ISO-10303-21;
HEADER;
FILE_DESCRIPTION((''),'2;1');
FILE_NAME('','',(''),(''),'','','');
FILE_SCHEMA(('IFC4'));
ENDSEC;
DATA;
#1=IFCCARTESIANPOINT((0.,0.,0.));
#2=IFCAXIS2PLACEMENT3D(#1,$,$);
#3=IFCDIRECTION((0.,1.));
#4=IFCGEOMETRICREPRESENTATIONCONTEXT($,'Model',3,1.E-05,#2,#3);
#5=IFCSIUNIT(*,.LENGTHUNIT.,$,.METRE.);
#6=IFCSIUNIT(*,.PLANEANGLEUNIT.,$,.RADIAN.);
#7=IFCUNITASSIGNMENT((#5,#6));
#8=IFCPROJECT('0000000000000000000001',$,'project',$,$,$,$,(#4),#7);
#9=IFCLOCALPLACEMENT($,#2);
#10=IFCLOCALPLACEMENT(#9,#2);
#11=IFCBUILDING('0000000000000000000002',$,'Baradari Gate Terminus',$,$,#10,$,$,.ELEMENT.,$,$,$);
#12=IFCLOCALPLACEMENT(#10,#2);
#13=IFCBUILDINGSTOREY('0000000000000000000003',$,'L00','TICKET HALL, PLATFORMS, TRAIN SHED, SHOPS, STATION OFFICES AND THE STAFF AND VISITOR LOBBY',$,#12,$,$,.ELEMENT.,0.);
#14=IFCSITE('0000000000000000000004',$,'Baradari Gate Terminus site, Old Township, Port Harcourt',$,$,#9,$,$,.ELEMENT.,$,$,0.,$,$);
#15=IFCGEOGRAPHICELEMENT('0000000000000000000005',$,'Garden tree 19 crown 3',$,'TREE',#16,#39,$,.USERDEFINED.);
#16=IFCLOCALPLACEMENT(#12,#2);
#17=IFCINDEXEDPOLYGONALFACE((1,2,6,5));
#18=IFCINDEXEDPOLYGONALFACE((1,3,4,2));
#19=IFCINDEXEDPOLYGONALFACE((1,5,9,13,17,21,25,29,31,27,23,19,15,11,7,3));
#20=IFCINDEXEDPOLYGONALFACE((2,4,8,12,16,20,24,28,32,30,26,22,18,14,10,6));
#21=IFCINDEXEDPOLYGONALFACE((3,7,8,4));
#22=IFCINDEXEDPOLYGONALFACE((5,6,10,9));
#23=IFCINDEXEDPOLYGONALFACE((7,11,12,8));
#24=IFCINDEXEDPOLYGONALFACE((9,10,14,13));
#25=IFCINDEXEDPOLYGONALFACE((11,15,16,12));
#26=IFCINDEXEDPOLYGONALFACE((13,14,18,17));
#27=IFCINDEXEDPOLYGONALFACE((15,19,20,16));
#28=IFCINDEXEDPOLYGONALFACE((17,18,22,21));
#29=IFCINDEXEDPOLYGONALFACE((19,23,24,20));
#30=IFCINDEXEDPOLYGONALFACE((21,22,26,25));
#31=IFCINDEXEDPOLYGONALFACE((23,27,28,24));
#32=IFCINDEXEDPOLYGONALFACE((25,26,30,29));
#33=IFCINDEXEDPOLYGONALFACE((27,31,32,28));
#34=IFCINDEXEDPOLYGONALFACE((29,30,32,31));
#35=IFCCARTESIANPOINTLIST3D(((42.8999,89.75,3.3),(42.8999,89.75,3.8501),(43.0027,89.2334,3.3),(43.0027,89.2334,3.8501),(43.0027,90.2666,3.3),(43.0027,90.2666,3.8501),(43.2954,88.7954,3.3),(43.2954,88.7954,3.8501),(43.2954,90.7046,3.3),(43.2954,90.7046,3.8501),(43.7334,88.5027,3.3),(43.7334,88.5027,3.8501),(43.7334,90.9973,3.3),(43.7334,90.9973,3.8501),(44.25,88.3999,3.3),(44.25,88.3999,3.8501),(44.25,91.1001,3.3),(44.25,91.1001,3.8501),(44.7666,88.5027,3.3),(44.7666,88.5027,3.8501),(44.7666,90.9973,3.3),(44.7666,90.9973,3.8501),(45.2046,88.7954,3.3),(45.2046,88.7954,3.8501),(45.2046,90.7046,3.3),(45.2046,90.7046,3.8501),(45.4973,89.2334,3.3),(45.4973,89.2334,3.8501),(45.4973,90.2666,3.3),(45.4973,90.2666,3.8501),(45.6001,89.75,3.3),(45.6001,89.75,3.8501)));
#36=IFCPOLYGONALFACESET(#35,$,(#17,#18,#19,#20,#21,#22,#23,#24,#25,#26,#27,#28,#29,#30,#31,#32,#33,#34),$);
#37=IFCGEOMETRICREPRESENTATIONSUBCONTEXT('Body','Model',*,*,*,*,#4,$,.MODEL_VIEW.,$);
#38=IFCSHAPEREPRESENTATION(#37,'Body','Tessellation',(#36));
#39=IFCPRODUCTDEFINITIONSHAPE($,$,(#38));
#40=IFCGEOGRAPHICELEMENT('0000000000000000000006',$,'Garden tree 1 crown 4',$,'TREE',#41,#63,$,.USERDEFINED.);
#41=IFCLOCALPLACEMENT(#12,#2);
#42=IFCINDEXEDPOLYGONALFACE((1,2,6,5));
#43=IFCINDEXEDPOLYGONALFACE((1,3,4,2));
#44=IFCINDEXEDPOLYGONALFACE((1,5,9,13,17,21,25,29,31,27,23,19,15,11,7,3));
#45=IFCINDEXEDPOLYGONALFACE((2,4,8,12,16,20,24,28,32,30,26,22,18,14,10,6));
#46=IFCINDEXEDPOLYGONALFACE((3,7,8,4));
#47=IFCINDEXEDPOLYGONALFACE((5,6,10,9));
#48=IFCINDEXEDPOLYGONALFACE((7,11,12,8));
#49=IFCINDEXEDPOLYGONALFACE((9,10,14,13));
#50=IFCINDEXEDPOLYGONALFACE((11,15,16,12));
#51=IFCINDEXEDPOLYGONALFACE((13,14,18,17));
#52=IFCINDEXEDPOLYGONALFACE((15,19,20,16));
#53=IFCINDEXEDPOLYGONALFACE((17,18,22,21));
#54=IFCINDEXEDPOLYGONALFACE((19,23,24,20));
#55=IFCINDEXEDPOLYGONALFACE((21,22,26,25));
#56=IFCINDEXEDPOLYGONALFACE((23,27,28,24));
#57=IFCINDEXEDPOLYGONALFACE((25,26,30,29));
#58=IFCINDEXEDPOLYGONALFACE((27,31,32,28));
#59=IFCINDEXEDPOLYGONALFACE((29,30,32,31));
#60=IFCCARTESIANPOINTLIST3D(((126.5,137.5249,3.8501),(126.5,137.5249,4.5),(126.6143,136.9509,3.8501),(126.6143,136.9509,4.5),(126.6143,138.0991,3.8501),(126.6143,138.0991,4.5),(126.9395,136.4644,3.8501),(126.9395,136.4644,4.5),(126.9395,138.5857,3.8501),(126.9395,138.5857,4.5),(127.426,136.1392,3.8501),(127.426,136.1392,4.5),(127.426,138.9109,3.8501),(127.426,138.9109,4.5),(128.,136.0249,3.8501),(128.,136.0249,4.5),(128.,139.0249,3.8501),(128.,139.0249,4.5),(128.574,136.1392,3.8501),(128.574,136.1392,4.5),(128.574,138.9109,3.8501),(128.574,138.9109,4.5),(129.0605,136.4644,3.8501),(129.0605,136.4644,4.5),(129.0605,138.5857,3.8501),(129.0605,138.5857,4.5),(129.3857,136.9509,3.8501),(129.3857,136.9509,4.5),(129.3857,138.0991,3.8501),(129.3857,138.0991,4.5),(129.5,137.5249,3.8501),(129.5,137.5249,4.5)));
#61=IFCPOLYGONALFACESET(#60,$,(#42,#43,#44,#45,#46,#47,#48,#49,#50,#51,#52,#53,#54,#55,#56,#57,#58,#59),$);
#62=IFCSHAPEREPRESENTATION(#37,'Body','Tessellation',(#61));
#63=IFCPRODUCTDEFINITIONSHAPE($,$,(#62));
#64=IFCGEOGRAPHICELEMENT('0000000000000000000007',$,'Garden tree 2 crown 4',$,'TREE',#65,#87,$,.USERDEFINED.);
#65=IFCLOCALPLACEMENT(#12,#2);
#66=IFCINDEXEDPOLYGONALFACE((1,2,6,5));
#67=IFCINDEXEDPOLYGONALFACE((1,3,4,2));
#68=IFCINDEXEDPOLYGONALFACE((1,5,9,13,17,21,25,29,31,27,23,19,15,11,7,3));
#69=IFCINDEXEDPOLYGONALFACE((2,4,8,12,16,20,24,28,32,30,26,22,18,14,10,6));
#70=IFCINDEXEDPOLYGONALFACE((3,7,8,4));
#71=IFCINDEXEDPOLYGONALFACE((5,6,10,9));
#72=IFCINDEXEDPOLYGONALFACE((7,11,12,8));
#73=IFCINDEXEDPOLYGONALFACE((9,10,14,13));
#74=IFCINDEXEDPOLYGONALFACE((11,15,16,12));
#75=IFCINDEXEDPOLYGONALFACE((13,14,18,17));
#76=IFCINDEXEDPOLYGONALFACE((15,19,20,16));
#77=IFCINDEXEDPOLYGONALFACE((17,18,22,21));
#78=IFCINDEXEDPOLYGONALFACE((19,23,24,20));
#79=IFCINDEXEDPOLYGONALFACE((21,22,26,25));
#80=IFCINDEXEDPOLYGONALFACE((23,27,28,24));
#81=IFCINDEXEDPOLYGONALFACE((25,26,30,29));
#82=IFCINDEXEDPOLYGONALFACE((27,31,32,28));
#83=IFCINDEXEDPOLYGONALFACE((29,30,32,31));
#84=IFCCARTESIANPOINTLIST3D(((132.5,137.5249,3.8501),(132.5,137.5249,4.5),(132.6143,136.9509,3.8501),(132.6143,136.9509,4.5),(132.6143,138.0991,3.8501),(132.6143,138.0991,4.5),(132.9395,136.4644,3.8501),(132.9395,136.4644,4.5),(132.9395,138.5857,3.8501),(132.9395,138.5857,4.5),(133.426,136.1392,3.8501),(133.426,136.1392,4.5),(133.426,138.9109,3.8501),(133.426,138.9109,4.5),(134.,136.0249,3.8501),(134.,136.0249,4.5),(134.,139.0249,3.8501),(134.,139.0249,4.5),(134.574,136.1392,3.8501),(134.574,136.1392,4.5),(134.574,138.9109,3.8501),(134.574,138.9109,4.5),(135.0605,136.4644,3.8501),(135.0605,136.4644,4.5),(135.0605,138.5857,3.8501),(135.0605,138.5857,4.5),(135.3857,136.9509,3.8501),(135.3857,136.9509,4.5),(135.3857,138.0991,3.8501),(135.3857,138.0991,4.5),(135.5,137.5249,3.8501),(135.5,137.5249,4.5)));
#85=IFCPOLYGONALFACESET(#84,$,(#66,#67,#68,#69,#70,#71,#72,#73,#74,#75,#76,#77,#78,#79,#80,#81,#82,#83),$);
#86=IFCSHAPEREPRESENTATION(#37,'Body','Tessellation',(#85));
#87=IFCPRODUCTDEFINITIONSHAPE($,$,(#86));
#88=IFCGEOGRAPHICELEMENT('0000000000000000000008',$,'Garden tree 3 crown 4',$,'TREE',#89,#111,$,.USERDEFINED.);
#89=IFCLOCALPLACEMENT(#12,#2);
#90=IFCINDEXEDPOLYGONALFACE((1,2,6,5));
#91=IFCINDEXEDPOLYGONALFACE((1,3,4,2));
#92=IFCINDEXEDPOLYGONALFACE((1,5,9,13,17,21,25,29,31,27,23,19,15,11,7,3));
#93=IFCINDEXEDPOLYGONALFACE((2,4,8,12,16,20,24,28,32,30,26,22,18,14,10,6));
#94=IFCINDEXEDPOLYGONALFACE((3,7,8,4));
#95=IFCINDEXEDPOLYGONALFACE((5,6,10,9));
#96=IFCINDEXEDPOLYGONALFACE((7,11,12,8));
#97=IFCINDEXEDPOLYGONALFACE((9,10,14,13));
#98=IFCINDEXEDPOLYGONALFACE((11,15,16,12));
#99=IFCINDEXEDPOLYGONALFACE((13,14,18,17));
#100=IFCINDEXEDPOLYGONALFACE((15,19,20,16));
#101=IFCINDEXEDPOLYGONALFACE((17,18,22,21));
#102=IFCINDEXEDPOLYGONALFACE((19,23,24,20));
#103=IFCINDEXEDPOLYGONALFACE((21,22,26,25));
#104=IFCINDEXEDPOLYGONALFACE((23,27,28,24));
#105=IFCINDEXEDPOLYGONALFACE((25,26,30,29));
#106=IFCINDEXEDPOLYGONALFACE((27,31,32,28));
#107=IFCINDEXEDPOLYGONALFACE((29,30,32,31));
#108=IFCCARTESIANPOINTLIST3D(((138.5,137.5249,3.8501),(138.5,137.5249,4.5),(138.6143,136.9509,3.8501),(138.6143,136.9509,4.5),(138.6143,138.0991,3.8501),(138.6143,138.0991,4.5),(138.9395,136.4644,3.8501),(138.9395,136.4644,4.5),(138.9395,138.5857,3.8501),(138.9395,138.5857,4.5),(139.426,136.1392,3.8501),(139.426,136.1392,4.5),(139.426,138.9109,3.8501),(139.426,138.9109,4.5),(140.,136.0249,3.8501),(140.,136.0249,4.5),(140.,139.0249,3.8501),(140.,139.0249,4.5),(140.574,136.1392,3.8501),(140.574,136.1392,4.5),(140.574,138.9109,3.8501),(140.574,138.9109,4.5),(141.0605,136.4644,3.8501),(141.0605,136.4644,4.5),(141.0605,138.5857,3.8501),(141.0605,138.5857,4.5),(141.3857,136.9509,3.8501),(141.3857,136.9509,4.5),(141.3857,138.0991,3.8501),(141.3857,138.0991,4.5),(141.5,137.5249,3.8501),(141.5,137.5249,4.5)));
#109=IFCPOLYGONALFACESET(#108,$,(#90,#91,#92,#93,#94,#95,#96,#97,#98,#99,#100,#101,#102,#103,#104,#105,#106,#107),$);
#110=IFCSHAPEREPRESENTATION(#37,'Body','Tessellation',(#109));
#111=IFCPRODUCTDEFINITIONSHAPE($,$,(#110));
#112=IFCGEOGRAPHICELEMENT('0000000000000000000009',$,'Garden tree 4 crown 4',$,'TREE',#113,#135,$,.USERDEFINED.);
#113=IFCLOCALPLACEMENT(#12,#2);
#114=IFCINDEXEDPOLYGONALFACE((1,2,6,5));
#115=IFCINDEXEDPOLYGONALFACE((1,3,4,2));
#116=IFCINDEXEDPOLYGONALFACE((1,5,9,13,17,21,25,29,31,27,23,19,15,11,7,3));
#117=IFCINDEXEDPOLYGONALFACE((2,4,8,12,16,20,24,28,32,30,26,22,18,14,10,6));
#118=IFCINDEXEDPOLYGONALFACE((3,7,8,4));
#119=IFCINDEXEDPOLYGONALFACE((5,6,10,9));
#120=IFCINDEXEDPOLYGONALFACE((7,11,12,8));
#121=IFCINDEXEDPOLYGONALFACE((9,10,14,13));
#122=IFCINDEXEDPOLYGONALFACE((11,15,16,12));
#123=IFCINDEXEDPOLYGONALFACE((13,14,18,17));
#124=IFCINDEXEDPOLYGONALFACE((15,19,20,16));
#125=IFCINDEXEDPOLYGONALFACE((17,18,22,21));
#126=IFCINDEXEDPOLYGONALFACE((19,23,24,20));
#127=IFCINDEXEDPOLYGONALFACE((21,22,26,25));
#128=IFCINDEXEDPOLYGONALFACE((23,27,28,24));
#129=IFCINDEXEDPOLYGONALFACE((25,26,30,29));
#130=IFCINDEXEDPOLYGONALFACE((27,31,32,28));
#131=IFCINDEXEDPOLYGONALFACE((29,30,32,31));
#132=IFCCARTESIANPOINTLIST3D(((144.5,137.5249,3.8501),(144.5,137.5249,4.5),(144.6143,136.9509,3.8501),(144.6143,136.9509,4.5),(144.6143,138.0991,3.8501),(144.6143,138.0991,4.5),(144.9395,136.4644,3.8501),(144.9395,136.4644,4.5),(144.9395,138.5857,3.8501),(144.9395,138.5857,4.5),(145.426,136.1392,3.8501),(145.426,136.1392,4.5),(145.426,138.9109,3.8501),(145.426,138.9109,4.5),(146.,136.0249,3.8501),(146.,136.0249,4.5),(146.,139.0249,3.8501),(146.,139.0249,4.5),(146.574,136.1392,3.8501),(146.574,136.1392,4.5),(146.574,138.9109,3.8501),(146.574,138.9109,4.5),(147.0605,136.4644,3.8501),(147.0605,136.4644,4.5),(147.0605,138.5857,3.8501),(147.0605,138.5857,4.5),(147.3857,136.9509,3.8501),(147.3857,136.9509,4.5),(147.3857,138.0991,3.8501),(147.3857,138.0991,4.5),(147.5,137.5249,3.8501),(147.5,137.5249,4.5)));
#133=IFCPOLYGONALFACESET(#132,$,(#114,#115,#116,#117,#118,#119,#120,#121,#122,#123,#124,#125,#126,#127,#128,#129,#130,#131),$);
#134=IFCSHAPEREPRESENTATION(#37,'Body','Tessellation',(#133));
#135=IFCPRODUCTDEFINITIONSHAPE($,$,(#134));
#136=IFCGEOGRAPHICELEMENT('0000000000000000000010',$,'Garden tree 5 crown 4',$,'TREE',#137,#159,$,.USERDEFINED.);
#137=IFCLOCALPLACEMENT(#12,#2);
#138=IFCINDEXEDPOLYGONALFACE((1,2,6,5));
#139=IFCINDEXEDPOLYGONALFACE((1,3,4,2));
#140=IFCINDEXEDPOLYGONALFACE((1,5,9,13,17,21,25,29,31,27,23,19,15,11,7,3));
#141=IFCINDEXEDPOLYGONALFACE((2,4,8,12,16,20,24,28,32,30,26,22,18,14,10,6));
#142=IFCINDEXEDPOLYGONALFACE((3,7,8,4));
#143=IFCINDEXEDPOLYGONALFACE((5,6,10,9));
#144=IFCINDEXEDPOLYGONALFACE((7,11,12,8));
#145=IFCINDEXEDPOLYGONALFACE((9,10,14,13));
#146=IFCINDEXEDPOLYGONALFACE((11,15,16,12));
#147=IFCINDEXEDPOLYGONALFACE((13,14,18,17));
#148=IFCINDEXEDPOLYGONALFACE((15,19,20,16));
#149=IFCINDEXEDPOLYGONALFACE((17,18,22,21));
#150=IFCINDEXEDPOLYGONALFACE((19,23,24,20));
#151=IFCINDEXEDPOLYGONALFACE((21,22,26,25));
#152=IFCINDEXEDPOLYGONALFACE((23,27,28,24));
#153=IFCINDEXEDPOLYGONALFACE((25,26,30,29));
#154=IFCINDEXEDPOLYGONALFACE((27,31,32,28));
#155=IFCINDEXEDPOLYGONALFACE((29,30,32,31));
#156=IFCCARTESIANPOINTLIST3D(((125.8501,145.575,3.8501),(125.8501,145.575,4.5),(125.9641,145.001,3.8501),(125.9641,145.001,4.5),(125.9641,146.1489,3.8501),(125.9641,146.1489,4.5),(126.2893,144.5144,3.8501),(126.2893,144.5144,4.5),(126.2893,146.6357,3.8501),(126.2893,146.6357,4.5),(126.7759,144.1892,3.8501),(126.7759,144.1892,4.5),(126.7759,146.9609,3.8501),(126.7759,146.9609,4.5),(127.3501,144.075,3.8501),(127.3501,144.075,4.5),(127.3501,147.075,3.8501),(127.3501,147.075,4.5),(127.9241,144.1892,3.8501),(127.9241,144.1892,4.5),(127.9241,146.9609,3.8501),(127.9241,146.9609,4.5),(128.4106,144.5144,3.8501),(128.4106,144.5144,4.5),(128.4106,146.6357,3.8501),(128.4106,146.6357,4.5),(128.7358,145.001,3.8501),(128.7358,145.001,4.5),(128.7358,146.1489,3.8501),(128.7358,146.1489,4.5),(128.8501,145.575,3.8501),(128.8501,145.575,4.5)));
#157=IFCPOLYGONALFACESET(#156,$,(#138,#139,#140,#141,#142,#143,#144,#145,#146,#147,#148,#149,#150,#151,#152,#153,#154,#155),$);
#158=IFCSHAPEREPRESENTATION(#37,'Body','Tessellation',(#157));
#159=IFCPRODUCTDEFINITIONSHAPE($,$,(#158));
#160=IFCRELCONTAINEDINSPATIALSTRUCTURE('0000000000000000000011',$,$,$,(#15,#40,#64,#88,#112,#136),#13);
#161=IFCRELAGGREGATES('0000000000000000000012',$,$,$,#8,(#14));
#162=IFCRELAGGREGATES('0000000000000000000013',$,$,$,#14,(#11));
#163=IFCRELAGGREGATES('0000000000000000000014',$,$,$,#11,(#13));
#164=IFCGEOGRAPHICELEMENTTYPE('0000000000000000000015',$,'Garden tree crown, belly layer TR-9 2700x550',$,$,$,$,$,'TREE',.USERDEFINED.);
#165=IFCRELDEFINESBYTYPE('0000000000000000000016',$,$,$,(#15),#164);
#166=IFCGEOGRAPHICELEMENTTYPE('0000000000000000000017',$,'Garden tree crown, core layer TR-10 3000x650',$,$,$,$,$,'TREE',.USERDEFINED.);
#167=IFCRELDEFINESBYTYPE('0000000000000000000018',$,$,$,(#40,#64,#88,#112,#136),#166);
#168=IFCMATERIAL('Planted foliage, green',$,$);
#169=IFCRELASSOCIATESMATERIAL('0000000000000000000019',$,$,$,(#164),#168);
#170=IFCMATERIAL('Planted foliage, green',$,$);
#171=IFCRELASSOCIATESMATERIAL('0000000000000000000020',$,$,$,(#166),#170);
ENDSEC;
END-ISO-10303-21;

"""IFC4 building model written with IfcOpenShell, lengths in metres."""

from ifc_helpers import new_model, si_unit, direction, frame, origin, place, context, subcontext, project, spatial, polyline, outline, extrude, material, type_object, element, save


model = new_model("IFC4")

# Units and contexts
model_context = context("Model", 3, precision=1e-05, world=origin(), true_north=direction((0.0, 1.0)))
body_context = subcontext(model_context, "Body", "Model", "MODEL_VIEW")
ifc_project = project(units=[si_unit("LENGTHUNIT", "METRE"), si_unit("PLANEANGLEUNIT", "RADIAN")], contexts=[model_context])

# Site, building, storey
site_placement = place(None, origin())
site = spatial("IfcSite", under=ifc_project, at=site_placement, Name="Baradari Gate Terminus site, Old Township, Port Harcourt", CompositionType="ELEMENT", RefElevation=0.0)
building_placement = place(site_placement, origin())
building = spatial("IfcBuilding", under=site, at=building_placement, Name="Baradari Gate Terminus", CompositionType="ELEMENT")
storey_placement = place(building_placement, origin())
storey = spatial("IfcBuildingStorey", under=building, at=storey_placement, Name="L00", Description="TICKET HALL, PLATFORMS, TRAIN SHED, SHOPS, STATION OFFICES AND THE STAFF AND VISITOR LOBBY", CompositionType="ELEMENT", Elevation=0.0)

# Geographic elements
ifc_material_1 = material(Name="Planted foliage, green")
geographic_element_type_1 = type_object("IfcGeographicElementType", Name="Garden tree crown, belly layer TR-9 2700x550", ElementType="TREE", PredefinedType="USERDEFINED", material=ifc_material_1)
geographic_element_1_placement = place(storey_placement, frame((0.0, 0.0, 3.3)))
element("IfcGeographicElement", 1, at=geographic_element_1_placement, inside=storey, type_object=geographic_element_type_1, Name="Garden tree 19 crown 3", ObjectType="TREE", PredefinedType="USERDEFINED", context=body_context, shape_type="SweptSolid", body=[
    extrude(outline(polyline([(45.6001, 89.75), (45.4973, 90.2666), (45.2046, 90.7046), (44.7666, 90.9973), (44.25, 91.1001), (43.7334, 90.9973), (43.2954, 90.7046), (43.0027, 90.2666), (42.8999, 89.75), (43.0027, 89.2334), (43.2954, 88.7954), (43.7334, 88.5027), (44.25, 88.3999), (44.7666, 88.5027), (45.2046, 88.7954), (45.4973, 89.2334), (45.6001, 89.75)])), origin(), (0.0, 0.0, 1.0), 0.55),
])
ifc_material_2 = material(Name="Planted foliage, green")
geographic_element_type_2 = type_object("IfcGeographicElementType", Name="Garden tree crown, core layer TR-10 3000x650", ElementType="TREE", PredefinedType="USERDEFINED", material=ifc_material_2)
geographic_element_2_placement = place(storey_placement, frame((0.0, 0.0, 3.8501)))
element("IfcGeographicElement", 2, at=geographic_element_2_placement, inside=storey, type_object=geographic_element_type_2, Name="Garden tree 1 crown 4", ObjectType="TREE", PredefinedType="USERDEFINED", context=body_context, shape_type="SweptSolid", body=[
    extrude(outline(polyline([(129.5, 137.5249), (129.3857, 138.0991), (129.0605, 138.5857), (128.574, 138.9109), (128.0, 139.0249), (127.426, 138.9109), (126.9395, 138.5857), (126.6143, 138.0991), (126.5, 137.5249), (126.6143, 136.9509), (126.9395, 136.4644), (127.426, 136.1392), (128.0, 136.0249), (128.574, 136.1392), (129.0605, 136.4644), (129.3857, 136.9509), (129.5, 137.5249)])), origin(), (0.0, 0.0, 1.0), 0.6499),
])
geographic_element_3_placement = place(storey_placement, frame((0.0, 0.0, 3.8501)))
element("IfcGeographicElement", 3, at=geographic_element_3_placement, inside=storey, type_object=geographic_element_type_2, Name="Garden tree 2 crown 4", ObjectType="TREE", PredefinedType="USERDEFINED", context=body_context, shape_type="SweptSolid", body=[
    extrude(outline(polyline([(135.5, 137.5249), (135.3857, 138.0991), (135.0605, 138.5857), (134.574, 138.9109), (134.0, 139.0249), (133.426, 138.9109), (132.9395, 138.5857), (132.6143, 138.0991), (132.5, 137.5249), (132.6143, 136.9509), (132.9395, 136.4644), (133.426, 136.1392), (134.0, 136.0249), (134.574, 136.1392), (135.0605, 136.4644), (135.3857, 136.9509), (135.5, 137.5249)])), origin(), (0.0, 0.0, 1.0), 0.6499),
])
geographic_element_4_placement = place(storey_placement, frame((0.0, 0.0, 3.8501)))
element("IfcGeographicElement", 4, at=geographic_element_4_placement, inside=storey, type_object=geographic_element_type_2, Name="Garden tree 3 crown 4", ObjectType="TREE", PredefinedType="USERDEFINED", context=body_context, shape_type="SweptSolid", body=[
    extrude(outline(polyline([(141.5, 137.5249), (141.3857, 138.0991), (141.0605, 138.5857), (140.574, 138.9109), (140.0, 139.0249), (139.426, 138.9109), (138.9395, 138.5857), (138.6143, 138.0991), (138.5, 137.5249), (138.6143, 136.9509), (138.9395, 136.4644), (139.426, 136.1392), (140.0, 136.0249), (140.574, 136.1392), (141.0605, 136.4644), (141.3857, 136.9509), (141.5, 137.5249)])), origin(), (0.0, 0.0, 1.0), 0.6499),
])
geographic_element_5_placement = place(storey_placement, frame((0.0, 0.0, 3.8501)))
element("IfcGeographicElement", 5, at=geographic_element_5_placement, inside=storey, type_object=geographic_element_type_2, Name="Garden tree 4 crown 4", ObjectType="TREE", PredefinedType="USERDEFINED", context=body_context, shape_type="SweptSolid", body=[
    extrude(outline(polyline([(147.5, 137.5249), (147.3857, 138.0991), (147.0605, 138.5857), (146.574, 138.9109), (146.0, 139.0249), (145.426, 138.9109), (144.9395, 138.5857), (144.6143, 138.0991), (144.5, 137.5249), (144.6143, 136.9509), (144.9395, 136.4644), (145.426, 136.1392), (146.0, 136.0249), (146.574, 136.1392), (147.0605, 136.4644), (147.3857, 136.9509), (147.5, 137.5249)])), origin(), (0.0, 0.0, 1.0), 0.6499),
])
geographic_element_6_placement = place(storey_placement, frame((0.0, 0.0, 3.8501)))
element("IfcGeographicElement", 6, at=geographic_element_6_placement, inside=storey, type_object=geographic_element_type_2, Name="Garden tree 5 crown 4", ObjectType="TREE", PredefinedType="USERDEFINED", context=body_context, shape_type="SweptSolid", body=[
    extrude(outline(polyline([(128.8501, 145.575), (128.7358, 146.1489), (128.4106, 146.6357), (127.9241, 146.9609), (127.3501, 147.075), (126.7759, 146.9609), (126.2893, 146.6357), (125.9641, 146.1489), (125.8501, 145.575), (125.9641, 145.001), (126.2893, 144.5144), (126.7759, 144.1892), (127.3501, 144.075), (127.9241, 144.1892), (128.4106, 144.5144), (128.7358, 145.001), (128.8501, 145.575)])), origin(), (0.0, 0.0, 1.0), 0.6499),
])

save(model, "model.ifc")
